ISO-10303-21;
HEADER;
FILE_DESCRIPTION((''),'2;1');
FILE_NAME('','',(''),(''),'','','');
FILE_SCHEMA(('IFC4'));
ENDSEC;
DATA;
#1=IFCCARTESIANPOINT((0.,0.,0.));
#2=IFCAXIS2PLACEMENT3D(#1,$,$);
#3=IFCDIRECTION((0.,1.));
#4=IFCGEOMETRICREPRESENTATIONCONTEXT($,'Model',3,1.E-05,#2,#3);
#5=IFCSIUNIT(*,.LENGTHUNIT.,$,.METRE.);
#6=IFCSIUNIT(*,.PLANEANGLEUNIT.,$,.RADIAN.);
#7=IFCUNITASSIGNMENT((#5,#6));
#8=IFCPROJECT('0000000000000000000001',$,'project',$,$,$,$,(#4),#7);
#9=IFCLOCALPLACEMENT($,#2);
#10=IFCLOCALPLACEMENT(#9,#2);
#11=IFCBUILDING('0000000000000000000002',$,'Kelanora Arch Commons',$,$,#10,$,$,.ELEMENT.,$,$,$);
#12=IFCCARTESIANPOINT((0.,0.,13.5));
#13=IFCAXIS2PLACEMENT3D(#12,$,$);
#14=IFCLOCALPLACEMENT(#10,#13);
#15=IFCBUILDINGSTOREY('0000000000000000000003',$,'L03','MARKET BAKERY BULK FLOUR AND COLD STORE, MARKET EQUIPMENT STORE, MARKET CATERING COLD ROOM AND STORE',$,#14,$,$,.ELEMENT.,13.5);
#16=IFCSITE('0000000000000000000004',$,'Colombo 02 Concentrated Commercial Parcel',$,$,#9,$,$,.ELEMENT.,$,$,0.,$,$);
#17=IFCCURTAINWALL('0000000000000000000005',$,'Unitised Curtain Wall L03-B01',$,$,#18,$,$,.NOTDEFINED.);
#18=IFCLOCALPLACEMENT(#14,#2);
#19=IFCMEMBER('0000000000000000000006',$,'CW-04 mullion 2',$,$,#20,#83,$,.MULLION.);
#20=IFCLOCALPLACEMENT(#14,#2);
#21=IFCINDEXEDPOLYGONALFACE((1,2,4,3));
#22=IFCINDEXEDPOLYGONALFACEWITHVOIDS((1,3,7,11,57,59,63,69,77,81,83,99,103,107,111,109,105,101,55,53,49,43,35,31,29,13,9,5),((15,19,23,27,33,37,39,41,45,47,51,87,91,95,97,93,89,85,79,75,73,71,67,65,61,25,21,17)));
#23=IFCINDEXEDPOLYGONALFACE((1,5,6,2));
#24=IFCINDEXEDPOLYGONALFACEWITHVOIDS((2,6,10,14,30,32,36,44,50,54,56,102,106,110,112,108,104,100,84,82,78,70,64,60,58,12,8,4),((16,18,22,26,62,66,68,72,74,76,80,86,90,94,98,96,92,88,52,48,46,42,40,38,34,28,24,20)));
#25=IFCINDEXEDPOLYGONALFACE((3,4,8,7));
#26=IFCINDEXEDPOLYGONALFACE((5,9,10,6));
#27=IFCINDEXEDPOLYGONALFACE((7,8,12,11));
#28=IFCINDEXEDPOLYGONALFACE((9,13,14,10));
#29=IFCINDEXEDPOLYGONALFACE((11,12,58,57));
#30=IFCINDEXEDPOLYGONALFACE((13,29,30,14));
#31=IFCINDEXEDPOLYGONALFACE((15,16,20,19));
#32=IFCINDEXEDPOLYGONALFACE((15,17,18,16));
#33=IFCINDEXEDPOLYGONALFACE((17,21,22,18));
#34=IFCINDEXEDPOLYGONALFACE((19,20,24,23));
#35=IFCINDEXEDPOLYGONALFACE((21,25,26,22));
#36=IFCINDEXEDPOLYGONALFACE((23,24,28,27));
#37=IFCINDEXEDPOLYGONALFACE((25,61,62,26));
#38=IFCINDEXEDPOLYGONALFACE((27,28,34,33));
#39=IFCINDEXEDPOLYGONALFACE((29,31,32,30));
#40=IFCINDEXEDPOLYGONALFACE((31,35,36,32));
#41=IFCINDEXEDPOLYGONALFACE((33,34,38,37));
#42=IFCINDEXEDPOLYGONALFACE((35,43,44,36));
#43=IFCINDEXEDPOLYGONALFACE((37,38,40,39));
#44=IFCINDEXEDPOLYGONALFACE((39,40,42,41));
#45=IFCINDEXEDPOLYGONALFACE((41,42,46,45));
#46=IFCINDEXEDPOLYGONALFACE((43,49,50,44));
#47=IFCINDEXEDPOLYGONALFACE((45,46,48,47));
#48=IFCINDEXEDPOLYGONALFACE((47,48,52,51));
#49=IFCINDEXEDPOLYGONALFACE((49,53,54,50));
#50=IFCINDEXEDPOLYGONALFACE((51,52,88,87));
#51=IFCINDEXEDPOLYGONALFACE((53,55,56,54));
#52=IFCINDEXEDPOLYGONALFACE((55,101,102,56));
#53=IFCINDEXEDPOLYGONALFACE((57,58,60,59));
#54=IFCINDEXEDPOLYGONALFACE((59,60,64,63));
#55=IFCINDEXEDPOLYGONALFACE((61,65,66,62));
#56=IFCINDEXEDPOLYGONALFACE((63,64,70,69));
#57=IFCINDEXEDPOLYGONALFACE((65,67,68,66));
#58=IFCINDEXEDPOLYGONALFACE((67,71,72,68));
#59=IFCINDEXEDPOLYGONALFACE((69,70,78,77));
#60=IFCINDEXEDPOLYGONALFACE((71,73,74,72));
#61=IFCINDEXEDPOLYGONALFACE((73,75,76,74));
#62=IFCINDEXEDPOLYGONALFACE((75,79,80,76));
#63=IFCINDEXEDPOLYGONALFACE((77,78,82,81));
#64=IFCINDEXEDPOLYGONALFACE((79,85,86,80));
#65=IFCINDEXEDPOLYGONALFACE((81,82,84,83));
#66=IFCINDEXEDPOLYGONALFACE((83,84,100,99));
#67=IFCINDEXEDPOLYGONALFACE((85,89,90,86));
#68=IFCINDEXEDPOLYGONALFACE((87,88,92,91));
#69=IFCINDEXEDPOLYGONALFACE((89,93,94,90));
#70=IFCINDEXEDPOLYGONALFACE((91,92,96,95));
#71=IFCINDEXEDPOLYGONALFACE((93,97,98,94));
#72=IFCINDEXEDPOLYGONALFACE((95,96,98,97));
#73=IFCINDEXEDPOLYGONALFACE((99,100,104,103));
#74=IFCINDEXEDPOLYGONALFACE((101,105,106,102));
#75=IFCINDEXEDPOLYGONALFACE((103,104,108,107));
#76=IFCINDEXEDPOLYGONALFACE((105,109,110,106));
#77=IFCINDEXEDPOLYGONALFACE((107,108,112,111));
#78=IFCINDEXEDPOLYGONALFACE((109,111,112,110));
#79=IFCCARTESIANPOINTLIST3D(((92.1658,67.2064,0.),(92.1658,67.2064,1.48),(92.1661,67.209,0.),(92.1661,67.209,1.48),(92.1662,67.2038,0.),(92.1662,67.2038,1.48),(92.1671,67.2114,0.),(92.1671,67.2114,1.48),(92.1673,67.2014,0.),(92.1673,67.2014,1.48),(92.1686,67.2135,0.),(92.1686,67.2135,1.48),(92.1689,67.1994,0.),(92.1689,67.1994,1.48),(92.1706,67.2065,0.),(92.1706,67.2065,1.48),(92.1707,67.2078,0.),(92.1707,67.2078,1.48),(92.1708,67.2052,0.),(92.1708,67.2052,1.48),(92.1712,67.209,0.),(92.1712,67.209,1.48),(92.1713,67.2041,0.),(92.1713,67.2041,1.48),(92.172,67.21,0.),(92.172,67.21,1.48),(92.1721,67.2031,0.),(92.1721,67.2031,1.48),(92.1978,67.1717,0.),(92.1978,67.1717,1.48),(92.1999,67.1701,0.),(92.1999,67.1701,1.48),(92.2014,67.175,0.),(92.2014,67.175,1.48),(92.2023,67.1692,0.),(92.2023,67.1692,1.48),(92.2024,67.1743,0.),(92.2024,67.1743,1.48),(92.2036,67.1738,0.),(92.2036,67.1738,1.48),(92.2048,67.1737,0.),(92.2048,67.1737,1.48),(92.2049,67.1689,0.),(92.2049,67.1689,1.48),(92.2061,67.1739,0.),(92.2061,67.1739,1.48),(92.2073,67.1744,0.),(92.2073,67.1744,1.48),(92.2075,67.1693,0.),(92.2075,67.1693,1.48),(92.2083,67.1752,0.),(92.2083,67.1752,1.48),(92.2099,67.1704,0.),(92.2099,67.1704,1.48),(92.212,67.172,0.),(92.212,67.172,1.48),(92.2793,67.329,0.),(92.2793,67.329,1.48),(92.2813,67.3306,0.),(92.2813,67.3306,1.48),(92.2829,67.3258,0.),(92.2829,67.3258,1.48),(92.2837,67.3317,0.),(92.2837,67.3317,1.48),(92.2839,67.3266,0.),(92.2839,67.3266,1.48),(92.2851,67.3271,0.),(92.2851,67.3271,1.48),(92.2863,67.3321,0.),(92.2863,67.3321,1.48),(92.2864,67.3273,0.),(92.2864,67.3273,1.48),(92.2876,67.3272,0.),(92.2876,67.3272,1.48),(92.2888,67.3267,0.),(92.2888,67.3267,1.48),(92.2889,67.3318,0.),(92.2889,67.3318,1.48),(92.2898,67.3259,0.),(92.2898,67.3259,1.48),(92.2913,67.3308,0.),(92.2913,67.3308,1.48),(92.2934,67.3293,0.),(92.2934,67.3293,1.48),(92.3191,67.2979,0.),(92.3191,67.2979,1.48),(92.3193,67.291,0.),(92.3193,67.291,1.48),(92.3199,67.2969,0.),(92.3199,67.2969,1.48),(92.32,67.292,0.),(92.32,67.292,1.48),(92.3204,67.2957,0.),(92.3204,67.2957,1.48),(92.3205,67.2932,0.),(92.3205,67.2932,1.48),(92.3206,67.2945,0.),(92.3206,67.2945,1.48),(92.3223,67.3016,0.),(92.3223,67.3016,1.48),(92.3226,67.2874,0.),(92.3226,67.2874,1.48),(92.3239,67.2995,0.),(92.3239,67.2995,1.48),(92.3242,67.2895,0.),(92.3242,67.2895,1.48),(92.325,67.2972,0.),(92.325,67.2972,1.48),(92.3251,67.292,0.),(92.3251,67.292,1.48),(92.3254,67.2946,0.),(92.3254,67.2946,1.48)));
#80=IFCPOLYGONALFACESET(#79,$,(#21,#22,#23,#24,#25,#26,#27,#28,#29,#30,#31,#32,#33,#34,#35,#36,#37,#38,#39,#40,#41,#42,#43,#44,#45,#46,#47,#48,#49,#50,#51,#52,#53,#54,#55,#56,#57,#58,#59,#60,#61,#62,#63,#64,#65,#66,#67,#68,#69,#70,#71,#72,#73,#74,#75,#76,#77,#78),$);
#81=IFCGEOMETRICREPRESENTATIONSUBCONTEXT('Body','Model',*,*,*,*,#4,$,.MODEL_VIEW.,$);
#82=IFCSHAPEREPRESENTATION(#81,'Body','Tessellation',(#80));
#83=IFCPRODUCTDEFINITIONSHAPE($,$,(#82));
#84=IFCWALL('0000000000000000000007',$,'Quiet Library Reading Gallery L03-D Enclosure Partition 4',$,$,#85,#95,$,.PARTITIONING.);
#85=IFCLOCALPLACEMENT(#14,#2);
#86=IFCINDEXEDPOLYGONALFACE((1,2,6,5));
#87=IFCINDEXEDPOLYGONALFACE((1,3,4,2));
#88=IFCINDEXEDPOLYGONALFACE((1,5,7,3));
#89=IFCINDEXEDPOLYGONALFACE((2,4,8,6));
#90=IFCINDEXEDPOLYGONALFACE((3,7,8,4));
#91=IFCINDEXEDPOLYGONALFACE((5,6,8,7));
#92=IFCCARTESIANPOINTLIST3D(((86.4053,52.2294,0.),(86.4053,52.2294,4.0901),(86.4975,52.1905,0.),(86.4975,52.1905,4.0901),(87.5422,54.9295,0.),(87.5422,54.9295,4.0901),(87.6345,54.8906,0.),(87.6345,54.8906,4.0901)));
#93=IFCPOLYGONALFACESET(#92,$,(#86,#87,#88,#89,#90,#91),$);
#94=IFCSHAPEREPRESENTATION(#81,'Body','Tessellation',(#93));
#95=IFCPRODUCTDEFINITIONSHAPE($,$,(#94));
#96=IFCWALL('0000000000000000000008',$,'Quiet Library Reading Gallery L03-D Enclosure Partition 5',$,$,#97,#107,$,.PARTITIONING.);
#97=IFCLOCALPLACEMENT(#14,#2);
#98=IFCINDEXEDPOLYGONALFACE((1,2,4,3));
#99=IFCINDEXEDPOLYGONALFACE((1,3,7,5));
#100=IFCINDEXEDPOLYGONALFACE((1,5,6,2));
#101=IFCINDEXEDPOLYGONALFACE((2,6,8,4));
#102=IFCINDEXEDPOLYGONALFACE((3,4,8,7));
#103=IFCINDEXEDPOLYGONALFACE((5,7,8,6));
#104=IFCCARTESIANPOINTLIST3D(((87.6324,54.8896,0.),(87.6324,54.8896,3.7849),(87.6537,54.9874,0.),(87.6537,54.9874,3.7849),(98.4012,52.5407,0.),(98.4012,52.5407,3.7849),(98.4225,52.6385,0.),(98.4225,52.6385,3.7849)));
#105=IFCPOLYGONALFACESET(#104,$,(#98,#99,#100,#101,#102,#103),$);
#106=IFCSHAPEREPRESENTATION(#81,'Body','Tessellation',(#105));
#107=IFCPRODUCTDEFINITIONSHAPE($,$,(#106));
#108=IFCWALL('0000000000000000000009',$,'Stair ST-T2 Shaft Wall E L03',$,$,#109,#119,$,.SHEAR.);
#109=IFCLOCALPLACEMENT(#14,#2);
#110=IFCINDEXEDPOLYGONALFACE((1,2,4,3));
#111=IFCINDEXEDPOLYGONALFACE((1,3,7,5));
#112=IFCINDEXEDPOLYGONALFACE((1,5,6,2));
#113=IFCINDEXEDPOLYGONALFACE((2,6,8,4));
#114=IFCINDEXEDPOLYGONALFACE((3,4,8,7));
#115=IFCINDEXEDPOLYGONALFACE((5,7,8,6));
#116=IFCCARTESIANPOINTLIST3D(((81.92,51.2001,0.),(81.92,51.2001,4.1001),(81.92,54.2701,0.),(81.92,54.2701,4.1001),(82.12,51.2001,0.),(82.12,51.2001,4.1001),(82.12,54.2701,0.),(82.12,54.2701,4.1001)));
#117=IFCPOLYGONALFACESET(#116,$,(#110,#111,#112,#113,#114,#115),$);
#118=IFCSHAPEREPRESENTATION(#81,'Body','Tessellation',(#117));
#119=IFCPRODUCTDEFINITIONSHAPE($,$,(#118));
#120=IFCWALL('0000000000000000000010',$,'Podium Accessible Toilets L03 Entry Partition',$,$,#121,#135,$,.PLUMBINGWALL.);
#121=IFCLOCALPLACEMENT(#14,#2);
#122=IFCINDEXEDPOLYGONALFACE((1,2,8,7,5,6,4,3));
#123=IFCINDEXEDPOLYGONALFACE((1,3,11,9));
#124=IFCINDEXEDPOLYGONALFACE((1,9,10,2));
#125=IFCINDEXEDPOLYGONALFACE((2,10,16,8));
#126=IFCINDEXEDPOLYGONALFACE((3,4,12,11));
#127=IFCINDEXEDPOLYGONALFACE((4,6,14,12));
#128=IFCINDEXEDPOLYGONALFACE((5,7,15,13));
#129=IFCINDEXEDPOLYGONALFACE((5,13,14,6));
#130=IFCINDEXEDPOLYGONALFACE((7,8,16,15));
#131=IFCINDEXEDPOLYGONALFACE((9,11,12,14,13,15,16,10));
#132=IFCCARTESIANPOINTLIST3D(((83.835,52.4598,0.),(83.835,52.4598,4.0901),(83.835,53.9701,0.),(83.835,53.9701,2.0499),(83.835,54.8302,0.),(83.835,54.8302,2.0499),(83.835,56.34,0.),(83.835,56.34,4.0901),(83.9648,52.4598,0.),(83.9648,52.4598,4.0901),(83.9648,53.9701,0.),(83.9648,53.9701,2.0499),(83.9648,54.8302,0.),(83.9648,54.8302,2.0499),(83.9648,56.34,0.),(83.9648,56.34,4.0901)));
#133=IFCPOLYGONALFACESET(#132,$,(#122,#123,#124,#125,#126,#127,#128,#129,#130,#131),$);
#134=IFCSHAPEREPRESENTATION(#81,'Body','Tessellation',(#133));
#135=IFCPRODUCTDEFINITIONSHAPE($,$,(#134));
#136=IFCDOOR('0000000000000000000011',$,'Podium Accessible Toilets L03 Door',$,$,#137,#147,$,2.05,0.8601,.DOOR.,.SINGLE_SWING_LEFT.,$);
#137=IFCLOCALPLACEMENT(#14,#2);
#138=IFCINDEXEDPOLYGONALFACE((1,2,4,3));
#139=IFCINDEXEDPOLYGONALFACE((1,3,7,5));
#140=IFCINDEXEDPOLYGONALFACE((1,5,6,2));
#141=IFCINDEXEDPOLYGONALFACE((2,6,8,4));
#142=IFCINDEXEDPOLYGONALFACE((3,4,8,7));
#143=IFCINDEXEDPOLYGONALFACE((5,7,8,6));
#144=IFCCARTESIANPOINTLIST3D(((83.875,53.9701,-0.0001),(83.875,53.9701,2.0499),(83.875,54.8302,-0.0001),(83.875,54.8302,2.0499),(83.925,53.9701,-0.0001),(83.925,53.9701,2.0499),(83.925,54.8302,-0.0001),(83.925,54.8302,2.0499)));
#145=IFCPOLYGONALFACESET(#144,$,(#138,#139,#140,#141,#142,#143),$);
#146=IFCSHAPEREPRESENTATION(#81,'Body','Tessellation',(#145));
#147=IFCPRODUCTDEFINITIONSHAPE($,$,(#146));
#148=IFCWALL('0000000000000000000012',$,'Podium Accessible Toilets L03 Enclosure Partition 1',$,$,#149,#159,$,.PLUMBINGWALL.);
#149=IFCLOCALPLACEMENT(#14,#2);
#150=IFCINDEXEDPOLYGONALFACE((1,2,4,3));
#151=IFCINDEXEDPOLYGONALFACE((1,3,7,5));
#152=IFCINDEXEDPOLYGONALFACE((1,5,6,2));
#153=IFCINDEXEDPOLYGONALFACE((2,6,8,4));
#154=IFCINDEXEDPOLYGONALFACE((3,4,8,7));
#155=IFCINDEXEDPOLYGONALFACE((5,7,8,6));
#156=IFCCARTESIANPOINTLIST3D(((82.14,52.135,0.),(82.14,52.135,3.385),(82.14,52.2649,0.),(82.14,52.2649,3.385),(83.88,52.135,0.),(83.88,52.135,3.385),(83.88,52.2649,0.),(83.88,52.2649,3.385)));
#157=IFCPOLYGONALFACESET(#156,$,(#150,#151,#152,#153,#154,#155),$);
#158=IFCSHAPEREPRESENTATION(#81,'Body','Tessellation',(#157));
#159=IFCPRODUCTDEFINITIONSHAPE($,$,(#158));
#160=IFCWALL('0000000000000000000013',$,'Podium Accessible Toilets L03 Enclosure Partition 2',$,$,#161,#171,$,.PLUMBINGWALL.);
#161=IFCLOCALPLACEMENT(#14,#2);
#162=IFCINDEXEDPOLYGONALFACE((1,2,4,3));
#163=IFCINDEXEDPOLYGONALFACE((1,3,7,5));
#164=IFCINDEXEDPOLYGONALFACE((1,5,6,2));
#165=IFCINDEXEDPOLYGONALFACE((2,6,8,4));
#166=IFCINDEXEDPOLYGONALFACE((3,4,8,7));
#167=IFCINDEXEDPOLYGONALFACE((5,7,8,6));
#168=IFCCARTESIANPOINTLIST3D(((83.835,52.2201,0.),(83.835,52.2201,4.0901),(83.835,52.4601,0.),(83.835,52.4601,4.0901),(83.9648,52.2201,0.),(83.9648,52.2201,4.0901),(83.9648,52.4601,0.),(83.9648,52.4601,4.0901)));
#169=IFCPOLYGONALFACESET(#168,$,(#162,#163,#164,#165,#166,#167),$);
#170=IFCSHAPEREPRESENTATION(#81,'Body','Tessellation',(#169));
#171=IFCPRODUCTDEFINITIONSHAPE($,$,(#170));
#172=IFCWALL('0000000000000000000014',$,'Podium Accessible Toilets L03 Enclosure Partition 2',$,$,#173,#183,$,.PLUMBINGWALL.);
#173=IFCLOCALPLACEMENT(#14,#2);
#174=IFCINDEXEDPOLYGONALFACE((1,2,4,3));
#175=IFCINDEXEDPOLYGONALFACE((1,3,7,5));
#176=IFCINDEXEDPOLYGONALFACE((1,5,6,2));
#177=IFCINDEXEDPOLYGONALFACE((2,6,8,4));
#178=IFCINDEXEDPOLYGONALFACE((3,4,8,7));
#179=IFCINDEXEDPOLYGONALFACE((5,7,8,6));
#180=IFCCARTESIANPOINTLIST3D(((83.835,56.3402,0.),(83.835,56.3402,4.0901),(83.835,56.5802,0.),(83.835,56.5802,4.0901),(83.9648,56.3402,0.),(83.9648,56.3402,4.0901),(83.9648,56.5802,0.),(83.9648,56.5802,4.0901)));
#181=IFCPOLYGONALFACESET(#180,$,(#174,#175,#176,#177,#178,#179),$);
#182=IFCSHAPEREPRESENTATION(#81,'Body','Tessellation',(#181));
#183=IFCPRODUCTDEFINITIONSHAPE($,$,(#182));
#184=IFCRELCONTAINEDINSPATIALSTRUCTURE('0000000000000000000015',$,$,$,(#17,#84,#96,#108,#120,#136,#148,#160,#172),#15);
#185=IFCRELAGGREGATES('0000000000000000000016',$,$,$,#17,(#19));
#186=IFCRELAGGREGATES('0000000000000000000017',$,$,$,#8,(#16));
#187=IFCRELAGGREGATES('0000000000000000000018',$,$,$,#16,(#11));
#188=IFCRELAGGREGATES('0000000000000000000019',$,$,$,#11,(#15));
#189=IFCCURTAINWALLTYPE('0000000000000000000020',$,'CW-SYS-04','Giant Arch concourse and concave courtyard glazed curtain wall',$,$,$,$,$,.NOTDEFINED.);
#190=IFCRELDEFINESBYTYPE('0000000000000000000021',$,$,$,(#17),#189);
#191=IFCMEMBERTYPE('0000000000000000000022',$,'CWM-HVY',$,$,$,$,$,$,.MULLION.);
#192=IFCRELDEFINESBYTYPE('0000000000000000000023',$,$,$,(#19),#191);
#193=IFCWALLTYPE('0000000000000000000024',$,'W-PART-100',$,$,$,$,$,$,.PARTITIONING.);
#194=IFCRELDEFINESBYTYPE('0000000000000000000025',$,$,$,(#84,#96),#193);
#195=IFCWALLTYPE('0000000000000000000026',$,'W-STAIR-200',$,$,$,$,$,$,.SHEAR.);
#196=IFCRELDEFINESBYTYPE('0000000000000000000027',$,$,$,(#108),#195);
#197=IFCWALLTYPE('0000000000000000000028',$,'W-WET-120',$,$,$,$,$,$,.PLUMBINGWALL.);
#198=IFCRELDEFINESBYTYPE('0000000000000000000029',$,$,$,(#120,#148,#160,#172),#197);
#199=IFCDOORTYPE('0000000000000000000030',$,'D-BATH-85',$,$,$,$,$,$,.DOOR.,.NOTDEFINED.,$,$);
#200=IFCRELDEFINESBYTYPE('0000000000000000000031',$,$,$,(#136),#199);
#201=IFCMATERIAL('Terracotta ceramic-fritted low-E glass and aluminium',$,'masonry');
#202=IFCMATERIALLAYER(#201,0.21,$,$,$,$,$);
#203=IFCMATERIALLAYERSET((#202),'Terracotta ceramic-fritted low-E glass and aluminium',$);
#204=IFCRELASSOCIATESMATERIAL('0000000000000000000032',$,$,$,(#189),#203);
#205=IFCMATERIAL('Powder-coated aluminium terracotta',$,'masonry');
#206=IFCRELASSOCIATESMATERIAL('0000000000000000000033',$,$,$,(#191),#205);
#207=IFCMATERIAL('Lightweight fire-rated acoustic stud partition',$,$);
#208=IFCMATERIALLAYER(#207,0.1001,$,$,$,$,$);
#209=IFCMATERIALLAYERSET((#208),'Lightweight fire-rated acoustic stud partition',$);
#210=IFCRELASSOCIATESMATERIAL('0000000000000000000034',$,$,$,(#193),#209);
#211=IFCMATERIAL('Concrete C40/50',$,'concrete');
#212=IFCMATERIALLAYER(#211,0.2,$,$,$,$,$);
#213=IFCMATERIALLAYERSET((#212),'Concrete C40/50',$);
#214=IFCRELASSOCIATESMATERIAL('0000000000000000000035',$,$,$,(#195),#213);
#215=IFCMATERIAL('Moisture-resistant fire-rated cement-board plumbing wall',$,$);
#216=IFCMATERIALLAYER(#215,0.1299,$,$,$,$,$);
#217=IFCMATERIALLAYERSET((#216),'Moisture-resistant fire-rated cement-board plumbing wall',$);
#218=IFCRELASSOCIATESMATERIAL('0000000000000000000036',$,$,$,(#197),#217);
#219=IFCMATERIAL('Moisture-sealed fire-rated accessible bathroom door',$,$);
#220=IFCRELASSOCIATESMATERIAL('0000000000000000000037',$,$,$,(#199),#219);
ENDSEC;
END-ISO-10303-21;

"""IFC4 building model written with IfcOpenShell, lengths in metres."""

from ifc_helpers import new_model, si_unit, direction, frame, frame_2d, origin, origin_2d, place, context, subcontext, project, spatial, rectangle, hollow_rectangle, extrude, material, layer, layer_set, material_profile, profile_set, type_object, element, fill, aggregate, save


model = new_model("IFC4")

# Units and contexts
model_context = context("Model", 3, precision=1e-05, world=origin(), true_north=direction((0.0, 1.0)))
body_context = subcontext(model_context, "Body", "Model", "MODEL_VIEW")
ifc_project = project(units=[si_unit("LENGTHUNIT", "METRE"), si_unit("PLANEANGLEUNIT", "RADIAN")], contexts=[model_context])

# Site, building, storey
site_placement = place(None, origin())
site = spatial("IfcSite", under=ifc_project, at=site_placement, Name="Colombo 02 Concentrated Commercial Parcel", CompositionType="ELEMENT", RefElevation=0.0)
building_placement = place(site_placement, origin())
building = spatial("IfcBuilding", under=site, at=building_placement, Name="Kelanora Arch Commons", CompositionType="ELEMENT")
storey_placement = place(building_placement, frame((0.0, 0.0, 13.5)))
storey = spatial("IfcBuildingStorey", under=building, at=storey_placement, Name="L03", Description="MARKET BAKERY BULK FLOUR AND COLD STORE, MARKET EQUIPMENT STORE, MARKET CATERING COLD ROOM AND STORE", CompositionType="ELEMENT", Elevation=13.5)

# Curtain wall, member
ifc_material_1 = material(Name="Terracotta ceramic-fritted low-E glass and aluminium", Category="masonry")
ifc_layer_1 = layer(ifc_material_1, 0.21)
ifc_layer_set_1 = layer_set([ifc_layer_1], Name="Terracotta ceramic-fritted low-E glass and aluminium")
curtain_wall_type = type_object("IfcCurtainWallType", Name="CW-SYS-04", Description="Giant Arch concourse and concave courtyard glazed curtain wall", PredefinedType="NOTDEFINED", material=ifc_layer_set_1)
curtain_wall_placement = place(storey_placement, origin())
curtain_wall = element("IfcCurtainWall", 1, at=curtain_wall_placement, inside=storey, type_object=curtain_wall_type, Name="Unitised Curtain Wall L03-B01", PredefinedType="NOTDEFINED")
ifc_material_2 = material(Name="Powder-coated aluminium terracotta", Category="masonry")
ifc_material_profile_1 = material_profile(ifc_material_2, hollow_rectangle(XDim=0.1799, YDim=0.0601, WallThickness=0.0049, InnerFilletRadius=0.0049, OuterFilletRadius=0.01, at=origin_2d()), Name="CWM180x60")
ifc_profile_set_1 = profile_set([ifc_material_profile_1], Name="Powder-coated aluminium terracotta")
member_type = type_object("IfcMemberType", Name="CWM-HVY", PredefinedType="MULLION", material=ifc_profile_set_1)
member_placement = place(storey_placement, frame((92.2456, 67.2505, 0.0), z_axis=(0.0, 0.0, 1.0), x_axis=(-0.691953, -0.721943, 0.0)))
member = element("IfcMember", 2, at=member_placement, type_object=member_type, Name="CW-04 mullion 2", PredefinedType="MULLION", context=body_context, shape_type="SweptSolid", body=[
    extrude(hollow_rectangle(XDim=0.1799, YDim=0.0601, WallThickness=0.0049, InnerFilletRadius=0.0049, OuterFilletRadius=0.01, at=origin_2d()), origin(), (0.0, 0.0, 1.0), 1.48),
])
aggregate(curtain_wall, [member])

# Walls
ifc_material_3 = material(Name="Lightweight fire-rated acoustic stud partition")
ifc_layer_2 = layer(ifc_material_3, 0.1001)
ifc_layer_set_2 = layer_set([ifc_layer_2], Name="Lightweight fire-rated acoustic stud partition")
wall_type_1 = type_object("IfcWallType", Name="W-PART-100", PredefinedType="PARTITIONING", material=ifc_layer_set_2)
wall_1_placement = place(storey_placement, frame((86.4514, 52.21, 0.0), z_axis=(0.0, 0.0, 1.0), x_axis=(0.388068, 0.921631, 0.0)))
element("IfcWall", 3, at=wall_1_placement, inside=storey, type_object=wall_type_1, Name="Quiet Library Reading Gallery L03-D Enclosure Partition 4", PredefinedType="PARTITIONING", context=body_context, shape_type="SweptSolid", body=[
    extrude(rectangle(XDim=2.9297, YDim=0.1001, at=frame_2d((1.4648, 0.0))), origin(), (0.0, 0.0, 1.0), 4.0901),
])
wall_2_placement = place(storey_placement, frame((87.6431, 54.9385, 0.0), z_axis=(0.0, 0.0, 1.0), x_axis=(0.977029, -0.213108, 0.0)))
element("IfcWall", 4, at=wall_2_placement, inside=storey, type_object=wall_type_1, Name="Quiet Library Reading Gallery L03-D Enclosure Partition 5", PredefinedType="PARTITIONING", context=body_context, shape_type="SweptSolid", body=[
    extrude(rectangle(XDim=11.022, YDim=0.1001, at=frame_2d((5.511, 0.0))), origin(), (0.0, 0.0, 1.0), 3.7849),
])
ifc_material_4 = material(Name="Concrete C40/50", Category="concrete")
ifc_layer_3 = layer(ifc_material_4, 0.2)
ifc_layer_set_3 = layer_set([ifc_layer_3], Name="Concrete C40/50")
wall_type_2 = type_object("IfcWallType", Name="W-STAIR-200", PredefinedType="SHEAR", material=ifc_layer_set_3)
wall_3_placement = place(storey_placement, frame((82.02, 51.2, 0.0), z_axis=(0.0, 0.0, 1.0), x_axis=(0.0, 1.0, 0.0)))
element("IfcWall", 5, at=wall_3_placement, inside=storey, type_object=wall_type_2, Name="Stair ST-T2 Shaft Wall E L03", PredefinedType="SHEAR", context=body_context, shape_type="SweptSolid", body=[
    extrude(rectangle(XDim=3.0701, YDim=0.2, at=frame_2d((1.5352, 0.0))), origin(), (0.0, 0.0, 1.0), 4.1001),
])

# Wall, opening, door
ifc_material_5 = material(Name="Moisture-resistant fire-rated cement-board plumbing wall")
ifc_layer_4 = layer(ifc_material_5, 0.1299)
ifc_layer_set_4 = layer_set([ifc_layer_4], Name="Moisture-resistant fire-rated cement-board plumbing wall")
wall_type_3 = type_object("IfcWallType", Name="W-WET-120", PredefinedType="PLUMBINGWALL", material=ifc_layer_set_4)
wall_4_placement = place(storey_placement, frame((83.8999, 52.46, 0.0), z_axis=(0.0, 0.0, 1.0), x_axis=(0.0, 1.0, 0.0)))
wall_4 = element("IfcWall", 6, at=wall_4_placement, inside=storey, type_object=wall_type_3, Name="Podium Accessible Toilets L03 Entry Partition", PredefinedType="PLUMBINGWALL", context=body_context, shape_type="SweptSolid", body=[
    extrude(rectangle(XDim=3.8801, YDim=0.1299, at=frame_2d((1.9399, 0.0))), origin(), (0.0, 0.0, 1.0), 4.0901),
])
opening_placement = place(wall_4_placement, frame((1.51, 0.0, 0.0)))
opening = element("IfcOpeningElement", 7, at=opening_placement, cuts=wall_4, PredefinedType="OPENING", context=body_context, shape_type="SweptSolid", body=[
    extrude(rectangle(XDim=0.8601, YDim=2.05, at=frame_2d((0.4302, 1.0249))), frame((0.0, 0.075, 0.0), z_axis=(0.0, -1.0, 0.0), x_axis=(1.0, 0.0, 0.0)), (0.0, 0.0, 1.0), 0.1499),
])
ifc_material_6 = material(Name="Moisture-sealed fire-rated accessible bathroom door")
door_type = type_object("IfcDoorType", Name="D-BATH-85", OperationType="NOTDEFINED", PredefinedType="DOOR", material=ifc_material_6)
door_placement = place(opening_placement, origin())
door = element("IfcDoor", 8, at=door_placement, inside=storey, type_object=door_type, Name="Podium Accessible Toilets L03 Door", OperationType="SINGLE_SWING_LEFT", OverallHeight=2.05, OverallWidth=0.8601, PredefinedType="DOOR", context=body_context, shape_type="SweptSolid", body=[
    extrude(rectangle(XDim=0.8601, YDim=2.05, at=frame_2d((0.4302, 1.0249))), frame((0.0, 0.0249, 0.0), z_axis=(0.0, -1.0, 0.0), x_axis=(1.0, 0.0, 0.0)), (0.0, 0.0, 1.0), 0.05),
])
fill(opening, door)

# Walls
wall_5_placement = place(storey_placement, frame((82.1399, 52.2, 0.0), z_axis=(0.0, 0.0, 1.0), x_axis=(1.0, 0.0, 0.0)))
element("IfcWall", 9, at=wall_5_placement, inside=storey, type_object=wall_type_3, Name="Podium Accessible Toilets L03 Enclosure Partition 1", PredefinedType="PLUMBINGWALL", context=body_context, shape_type="SweptSolid", body=[
    extrude(rectangle(XDim=1.74, YDim=0.1299, at=frame_2d((0.8701, 0.0))), origin(), (0.0, 0.0, 1.0), 3.385),
])
for number, where, z_axis, x_axis, name in (
    (10, (83.8999, 52.22, 0.0), (0.0, 0.0, 1.0), (0.0, 1.0, 0.0), "Podium Accessible Toilets L03 Enclosure Partition 2"),
    (11, (83.8999, 56.3401, 0.0), (0.0, 0.0, 1.0), (0.0, 1.0, 0.0), "Podium Accessible Toilets L03 Enclosure Partition 2"),
):
    element("IfcWall", number, at=place(storey_placement, frame(where, z_axis=z_axis, x_axis=x_axis)), inside=storey, type_object=wall_type_3, Name=name, PredefinedType="PLUMBINGWALL", context=body_context, shape_type="SweptSolid", body=[
        extrude(rectangle(XDim=0.24, YDim=0.1299, at=frame_2d((0.1201, 0.0))), origin(), (0.0, 0.0, 1.0), 4.0901),
    ])

save(model, "model.ifc")
